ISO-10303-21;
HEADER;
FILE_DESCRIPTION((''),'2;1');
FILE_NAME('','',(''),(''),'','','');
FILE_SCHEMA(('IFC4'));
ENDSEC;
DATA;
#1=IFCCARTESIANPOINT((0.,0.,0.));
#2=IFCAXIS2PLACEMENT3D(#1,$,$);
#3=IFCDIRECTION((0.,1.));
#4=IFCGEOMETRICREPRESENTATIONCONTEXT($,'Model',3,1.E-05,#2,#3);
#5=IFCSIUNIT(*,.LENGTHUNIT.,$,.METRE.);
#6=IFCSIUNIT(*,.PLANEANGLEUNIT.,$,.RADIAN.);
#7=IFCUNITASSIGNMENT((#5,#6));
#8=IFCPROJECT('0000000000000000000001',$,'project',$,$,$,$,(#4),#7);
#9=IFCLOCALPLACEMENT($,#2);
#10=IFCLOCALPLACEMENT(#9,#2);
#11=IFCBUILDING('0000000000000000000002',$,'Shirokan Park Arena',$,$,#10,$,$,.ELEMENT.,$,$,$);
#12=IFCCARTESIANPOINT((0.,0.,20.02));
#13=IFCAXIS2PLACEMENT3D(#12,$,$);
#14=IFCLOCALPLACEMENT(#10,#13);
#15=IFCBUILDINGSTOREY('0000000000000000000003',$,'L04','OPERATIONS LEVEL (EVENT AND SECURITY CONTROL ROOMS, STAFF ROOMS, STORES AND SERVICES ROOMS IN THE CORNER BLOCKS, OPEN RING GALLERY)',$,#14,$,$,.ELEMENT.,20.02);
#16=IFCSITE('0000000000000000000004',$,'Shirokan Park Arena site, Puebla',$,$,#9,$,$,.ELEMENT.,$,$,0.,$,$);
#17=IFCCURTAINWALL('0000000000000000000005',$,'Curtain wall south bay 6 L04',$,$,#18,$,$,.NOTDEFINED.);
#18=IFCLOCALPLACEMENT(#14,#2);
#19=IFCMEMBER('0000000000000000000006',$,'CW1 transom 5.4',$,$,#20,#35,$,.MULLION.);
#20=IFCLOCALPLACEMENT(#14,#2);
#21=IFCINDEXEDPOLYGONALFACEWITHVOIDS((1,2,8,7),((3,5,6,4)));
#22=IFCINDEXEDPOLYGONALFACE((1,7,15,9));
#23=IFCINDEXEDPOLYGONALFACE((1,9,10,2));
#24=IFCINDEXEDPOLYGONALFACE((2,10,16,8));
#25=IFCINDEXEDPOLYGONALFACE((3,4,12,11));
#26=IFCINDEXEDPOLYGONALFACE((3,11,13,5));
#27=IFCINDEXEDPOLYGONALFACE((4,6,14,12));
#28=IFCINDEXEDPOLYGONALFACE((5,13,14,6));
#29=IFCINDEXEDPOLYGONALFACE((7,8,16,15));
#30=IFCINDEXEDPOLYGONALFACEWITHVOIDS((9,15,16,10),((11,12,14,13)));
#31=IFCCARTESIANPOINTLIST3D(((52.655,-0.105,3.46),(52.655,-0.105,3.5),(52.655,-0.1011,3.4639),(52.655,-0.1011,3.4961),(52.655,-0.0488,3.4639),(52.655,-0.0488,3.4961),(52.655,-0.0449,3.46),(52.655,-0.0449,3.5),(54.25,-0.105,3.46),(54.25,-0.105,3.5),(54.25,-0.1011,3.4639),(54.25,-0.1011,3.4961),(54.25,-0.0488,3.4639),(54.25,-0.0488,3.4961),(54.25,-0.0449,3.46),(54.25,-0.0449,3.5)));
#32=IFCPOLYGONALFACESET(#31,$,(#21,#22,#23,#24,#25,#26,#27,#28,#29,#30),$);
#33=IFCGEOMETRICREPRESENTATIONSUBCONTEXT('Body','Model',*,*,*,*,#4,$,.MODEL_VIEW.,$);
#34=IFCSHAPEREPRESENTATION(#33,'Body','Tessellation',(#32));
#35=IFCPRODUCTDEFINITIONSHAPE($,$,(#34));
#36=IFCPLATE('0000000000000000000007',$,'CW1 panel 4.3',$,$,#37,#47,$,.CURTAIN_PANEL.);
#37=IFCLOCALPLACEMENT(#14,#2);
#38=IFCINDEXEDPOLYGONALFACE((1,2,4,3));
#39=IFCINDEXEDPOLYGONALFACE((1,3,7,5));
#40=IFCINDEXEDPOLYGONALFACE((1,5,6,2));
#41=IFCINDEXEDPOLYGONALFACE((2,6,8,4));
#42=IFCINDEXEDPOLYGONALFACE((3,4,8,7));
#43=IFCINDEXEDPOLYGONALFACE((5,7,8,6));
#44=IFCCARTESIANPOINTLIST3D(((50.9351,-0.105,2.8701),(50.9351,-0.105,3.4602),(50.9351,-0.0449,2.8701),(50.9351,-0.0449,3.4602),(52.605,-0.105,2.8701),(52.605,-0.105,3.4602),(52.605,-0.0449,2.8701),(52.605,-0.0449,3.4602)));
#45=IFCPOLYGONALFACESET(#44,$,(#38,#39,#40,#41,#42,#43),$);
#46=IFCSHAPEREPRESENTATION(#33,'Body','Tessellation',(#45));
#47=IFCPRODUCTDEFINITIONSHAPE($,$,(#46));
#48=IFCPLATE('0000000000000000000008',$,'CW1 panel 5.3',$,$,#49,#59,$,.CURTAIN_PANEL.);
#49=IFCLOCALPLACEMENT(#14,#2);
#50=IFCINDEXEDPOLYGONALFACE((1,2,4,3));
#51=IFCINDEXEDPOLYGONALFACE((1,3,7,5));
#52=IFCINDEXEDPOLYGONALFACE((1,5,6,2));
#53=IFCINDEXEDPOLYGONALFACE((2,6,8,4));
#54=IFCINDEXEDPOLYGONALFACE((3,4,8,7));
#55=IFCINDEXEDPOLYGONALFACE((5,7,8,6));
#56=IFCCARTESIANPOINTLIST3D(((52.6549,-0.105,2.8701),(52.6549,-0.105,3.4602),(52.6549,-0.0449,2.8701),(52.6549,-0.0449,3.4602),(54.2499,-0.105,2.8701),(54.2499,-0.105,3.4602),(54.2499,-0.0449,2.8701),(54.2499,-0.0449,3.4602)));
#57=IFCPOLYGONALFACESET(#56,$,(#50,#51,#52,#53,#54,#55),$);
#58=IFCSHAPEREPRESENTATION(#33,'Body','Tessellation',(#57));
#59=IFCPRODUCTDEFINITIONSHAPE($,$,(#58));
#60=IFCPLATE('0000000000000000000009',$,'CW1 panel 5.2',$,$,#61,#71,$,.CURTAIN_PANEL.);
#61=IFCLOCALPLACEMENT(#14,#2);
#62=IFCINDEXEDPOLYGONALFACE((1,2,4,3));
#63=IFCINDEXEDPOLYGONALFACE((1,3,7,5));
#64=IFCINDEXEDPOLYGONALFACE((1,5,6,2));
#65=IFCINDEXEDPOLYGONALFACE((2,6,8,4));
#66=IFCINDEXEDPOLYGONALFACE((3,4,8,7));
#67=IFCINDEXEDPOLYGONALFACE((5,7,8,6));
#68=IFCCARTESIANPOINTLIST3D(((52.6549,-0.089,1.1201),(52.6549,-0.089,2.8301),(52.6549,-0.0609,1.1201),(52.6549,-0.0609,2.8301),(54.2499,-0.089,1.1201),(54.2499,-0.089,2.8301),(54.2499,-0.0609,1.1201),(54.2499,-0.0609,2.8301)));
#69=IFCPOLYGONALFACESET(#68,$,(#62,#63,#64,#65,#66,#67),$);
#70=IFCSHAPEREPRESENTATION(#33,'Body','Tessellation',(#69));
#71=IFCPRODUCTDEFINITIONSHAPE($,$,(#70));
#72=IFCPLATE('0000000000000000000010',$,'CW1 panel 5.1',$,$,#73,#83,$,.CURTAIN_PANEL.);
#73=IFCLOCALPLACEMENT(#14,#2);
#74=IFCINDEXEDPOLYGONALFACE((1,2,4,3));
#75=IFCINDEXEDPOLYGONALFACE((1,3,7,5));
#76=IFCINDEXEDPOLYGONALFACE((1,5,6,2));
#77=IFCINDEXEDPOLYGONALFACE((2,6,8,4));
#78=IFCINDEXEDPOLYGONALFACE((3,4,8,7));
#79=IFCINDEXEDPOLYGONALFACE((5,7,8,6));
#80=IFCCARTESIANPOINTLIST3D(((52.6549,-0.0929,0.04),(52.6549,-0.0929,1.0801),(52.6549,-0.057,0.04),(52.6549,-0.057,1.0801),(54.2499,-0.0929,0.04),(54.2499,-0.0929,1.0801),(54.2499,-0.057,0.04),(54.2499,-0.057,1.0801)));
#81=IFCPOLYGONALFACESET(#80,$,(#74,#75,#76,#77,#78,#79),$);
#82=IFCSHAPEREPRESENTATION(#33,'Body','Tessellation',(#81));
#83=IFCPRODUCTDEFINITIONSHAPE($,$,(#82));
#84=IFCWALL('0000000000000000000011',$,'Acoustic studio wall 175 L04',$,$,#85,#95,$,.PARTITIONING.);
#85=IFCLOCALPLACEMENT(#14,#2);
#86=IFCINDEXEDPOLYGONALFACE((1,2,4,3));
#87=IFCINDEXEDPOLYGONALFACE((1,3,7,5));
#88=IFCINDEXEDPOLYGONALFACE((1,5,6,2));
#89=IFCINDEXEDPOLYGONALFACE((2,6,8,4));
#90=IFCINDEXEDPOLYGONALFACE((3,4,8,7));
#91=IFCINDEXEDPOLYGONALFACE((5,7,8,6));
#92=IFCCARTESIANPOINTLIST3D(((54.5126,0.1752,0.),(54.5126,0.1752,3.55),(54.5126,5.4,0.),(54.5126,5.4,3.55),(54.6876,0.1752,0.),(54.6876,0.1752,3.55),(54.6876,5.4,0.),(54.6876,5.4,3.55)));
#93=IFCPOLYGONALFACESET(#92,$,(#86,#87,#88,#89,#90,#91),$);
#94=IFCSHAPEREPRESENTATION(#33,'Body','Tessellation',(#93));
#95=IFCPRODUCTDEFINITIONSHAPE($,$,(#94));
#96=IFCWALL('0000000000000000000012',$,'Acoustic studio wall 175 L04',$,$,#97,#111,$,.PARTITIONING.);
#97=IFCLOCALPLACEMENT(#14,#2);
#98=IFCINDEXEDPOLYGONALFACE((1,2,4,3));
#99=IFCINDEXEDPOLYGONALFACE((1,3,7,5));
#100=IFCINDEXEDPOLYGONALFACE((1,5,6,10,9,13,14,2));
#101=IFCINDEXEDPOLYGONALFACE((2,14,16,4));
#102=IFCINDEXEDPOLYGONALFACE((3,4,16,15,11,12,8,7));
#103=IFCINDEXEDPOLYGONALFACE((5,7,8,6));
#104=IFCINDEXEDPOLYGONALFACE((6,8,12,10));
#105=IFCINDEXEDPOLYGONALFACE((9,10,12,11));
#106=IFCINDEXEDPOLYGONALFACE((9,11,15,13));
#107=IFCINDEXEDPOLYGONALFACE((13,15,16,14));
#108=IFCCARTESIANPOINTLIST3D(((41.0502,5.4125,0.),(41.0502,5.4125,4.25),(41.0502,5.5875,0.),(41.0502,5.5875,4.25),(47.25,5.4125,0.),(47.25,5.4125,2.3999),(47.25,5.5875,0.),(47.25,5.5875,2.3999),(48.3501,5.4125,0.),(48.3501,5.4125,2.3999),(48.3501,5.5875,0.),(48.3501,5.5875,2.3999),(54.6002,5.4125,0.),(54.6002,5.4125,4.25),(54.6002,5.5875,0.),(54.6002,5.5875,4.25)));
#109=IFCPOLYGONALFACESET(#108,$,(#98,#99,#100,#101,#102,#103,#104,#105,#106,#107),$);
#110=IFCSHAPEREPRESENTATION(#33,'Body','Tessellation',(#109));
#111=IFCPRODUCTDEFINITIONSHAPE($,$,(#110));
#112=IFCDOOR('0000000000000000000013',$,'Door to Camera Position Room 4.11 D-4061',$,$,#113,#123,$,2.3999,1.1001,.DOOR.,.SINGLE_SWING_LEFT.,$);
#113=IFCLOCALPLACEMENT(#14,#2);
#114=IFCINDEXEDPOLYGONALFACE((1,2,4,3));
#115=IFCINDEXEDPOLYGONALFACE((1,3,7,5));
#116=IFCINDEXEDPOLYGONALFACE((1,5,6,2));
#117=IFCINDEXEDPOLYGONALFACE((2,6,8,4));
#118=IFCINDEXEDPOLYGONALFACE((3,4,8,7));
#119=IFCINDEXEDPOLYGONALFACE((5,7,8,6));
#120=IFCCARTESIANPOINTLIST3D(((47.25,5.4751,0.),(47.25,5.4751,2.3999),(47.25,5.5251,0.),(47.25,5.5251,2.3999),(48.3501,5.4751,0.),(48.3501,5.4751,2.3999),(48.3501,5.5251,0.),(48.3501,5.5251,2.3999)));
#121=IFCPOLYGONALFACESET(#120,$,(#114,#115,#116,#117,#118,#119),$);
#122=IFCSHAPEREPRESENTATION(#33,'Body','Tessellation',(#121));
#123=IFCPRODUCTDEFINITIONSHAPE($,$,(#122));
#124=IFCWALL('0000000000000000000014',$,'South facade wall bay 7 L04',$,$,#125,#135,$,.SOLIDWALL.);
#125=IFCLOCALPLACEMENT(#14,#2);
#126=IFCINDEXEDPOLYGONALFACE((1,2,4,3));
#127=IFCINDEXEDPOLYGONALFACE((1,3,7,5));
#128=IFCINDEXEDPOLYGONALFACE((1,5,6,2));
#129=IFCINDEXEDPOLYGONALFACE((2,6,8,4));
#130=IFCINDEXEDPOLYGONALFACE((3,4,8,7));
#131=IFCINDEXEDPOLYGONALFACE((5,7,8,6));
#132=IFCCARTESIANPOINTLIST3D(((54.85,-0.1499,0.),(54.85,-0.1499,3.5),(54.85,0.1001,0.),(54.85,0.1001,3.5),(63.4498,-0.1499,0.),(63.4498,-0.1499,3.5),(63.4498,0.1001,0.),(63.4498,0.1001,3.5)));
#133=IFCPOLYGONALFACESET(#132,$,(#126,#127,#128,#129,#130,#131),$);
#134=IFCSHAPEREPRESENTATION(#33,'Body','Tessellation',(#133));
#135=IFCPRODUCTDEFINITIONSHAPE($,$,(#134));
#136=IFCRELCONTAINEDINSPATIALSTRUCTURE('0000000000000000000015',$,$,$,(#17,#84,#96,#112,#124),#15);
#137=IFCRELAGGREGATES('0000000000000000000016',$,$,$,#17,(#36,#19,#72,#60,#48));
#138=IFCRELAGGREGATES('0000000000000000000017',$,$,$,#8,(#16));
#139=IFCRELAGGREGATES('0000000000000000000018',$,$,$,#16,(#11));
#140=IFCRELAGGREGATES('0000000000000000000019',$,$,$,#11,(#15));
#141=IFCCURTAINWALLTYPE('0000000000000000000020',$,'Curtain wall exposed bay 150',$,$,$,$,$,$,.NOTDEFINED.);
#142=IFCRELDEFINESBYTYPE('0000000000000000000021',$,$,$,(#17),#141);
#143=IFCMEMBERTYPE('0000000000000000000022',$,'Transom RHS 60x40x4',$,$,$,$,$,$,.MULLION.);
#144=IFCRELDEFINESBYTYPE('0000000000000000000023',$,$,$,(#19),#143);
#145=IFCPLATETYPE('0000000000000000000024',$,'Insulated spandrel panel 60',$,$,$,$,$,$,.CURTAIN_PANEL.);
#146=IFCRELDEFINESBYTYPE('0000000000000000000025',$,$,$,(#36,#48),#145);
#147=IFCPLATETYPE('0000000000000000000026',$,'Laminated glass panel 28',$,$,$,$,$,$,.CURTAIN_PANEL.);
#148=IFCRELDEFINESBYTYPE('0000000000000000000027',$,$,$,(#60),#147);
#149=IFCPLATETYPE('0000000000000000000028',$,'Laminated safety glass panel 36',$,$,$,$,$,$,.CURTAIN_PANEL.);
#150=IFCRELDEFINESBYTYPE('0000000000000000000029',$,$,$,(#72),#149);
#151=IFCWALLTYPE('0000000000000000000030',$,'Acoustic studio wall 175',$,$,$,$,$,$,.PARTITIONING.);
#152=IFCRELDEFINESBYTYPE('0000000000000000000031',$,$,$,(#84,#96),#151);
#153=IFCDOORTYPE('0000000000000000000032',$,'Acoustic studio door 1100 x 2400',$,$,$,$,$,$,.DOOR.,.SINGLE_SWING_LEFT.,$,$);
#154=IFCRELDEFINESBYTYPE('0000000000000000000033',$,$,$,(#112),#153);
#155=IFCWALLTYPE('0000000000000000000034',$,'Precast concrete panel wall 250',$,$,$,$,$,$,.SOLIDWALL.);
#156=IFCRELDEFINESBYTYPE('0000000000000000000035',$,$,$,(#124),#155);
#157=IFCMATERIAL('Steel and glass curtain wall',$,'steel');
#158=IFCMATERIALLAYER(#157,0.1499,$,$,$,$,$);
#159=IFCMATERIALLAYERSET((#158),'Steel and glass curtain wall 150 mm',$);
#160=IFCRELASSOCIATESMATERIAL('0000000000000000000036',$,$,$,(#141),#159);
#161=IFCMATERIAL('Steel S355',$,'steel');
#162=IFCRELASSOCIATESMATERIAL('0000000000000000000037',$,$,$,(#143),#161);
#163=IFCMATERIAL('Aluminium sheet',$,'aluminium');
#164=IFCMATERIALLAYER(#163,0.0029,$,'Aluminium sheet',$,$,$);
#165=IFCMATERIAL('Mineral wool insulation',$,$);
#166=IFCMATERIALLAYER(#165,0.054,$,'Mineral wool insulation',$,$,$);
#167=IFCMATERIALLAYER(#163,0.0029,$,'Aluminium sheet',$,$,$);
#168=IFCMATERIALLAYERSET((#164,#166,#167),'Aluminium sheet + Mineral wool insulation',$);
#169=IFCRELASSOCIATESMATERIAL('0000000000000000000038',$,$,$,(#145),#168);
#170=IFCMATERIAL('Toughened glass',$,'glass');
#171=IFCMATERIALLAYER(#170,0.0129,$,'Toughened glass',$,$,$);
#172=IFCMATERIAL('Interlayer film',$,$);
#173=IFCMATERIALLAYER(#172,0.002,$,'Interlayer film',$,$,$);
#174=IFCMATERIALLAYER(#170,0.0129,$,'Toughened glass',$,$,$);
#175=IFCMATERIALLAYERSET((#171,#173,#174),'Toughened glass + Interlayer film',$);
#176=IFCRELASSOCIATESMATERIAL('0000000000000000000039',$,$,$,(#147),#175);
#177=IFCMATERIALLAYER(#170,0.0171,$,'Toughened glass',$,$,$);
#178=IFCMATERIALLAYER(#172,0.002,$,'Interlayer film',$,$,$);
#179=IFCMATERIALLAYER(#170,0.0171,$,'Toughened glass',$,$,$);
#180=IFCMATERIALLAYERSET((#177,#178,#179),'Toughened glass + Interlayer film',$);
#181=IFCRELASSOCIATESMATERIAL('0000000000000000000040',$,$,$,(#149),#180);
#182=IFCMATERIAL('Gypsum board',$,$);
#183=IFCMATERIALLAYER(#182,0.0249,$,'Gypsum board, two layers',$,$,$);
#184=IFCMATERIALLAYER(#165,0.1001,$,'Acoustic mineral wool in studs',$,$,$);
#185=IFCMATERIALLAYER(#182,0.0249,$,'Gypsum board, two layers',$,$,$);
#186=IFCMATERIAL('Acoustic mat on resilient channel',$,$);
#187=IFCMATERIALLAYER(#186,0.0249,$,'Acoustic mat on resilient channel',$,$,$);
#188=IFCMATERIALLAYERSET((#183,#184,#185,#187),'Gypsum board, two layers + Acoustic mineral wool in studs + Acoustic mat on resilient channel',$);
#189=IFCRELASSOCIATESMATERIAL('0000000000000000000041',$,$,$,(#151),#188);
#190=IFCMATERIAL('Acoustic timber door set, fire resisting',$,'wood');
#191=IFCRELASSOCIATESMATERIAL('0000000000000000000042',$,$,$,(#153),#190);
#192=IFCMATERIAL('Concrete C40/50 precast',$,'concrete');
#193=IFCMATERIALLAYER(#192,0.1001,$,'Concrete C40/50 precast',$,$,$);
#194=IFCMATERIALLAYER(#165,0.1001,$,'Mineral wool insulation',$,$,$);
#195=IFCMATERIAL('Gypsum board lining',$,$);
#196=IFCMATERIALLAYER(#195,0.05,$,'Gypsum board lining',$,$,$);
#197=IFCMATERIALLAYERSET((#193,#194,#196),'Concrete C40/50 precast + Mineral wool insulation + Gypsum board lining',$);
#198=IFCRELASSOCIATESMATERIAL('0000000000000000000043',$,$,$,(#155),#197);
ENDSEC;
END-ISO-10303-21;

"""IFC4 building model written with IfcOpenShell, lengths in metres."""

from ifc_helpers import new_model, si_unit, direction, frame, frame_2d, origin, origin_2d, place, context, subcontext, project, spatial, rectangle, hollow_rectangle, extrude, material, layer, layer_set, material_profile, profile_set, type_object, element, fill, aggregate, save


model = new_model("IFC4")

# Units and contexts
model_context = context("Model", 3, precision=1e-05, world=origin(), true_north=direction((0.0, 1.0)))
body_context = subcontext(model_context, "Body", "Model", "MODEL_VIEW")
ifc_project = project(units=[si_unit("LENGTHUNIT", "METRE"), si_unit("PLANEANGLEUNIT", "RADIAN")], contexts=[model_context])

# Site, building, storey
site_placement = place(None, origin())
site = spatial("IfcSite", under=ifc_project, at=site_placement, Name="Shirokan Park Arena site, Puebla", CompositionType="ELEMENT", RefElevation=0.0)
building_placement = place(site_placement, origin())
building = spatial("IfcBuilding", under=site, at=building_placement, Name="Shirokan Park Arena", CompositionType="ELEMENT")
storey_placement = place(building_placement, frame((0.0, 0.0, 20.02)))
storey = spatial("IfcBuildingStorey", under=building, at=storey_placement, Name="L04", Description="OPERATIONS LEVEL (EVENT AND SECURITY CONTROL ROOMS, STAFF ROOMS, STORES AND SERVICES ROOMS IN THE CORNER BLOCKS, OPEN RING GALLERY)", CompositionType="ELEMENT", Elevation=20.02)

# Curtain wall
ifc_material_1 = material(Name="Steel and glass curtain wall", Category="steel")
ifc_layer_1 = layer(ifc_material_1, 0.1499)
ifc_layer_set_1 = layer_set([ifc_layer_1], Name="Steel and glass curtain wall 150 mm")
curtain_wall_type = type_object("IfcCurtainWallType", Name="Curtain wall exposed bay 150", PredefinedType="NOTDEFINED", material=ifc_layer_set_1)
curtain_wall_placement = place(storey_placement, origin())
curtain_wall = element("IfcCurtainWall", 1, at=curtain_wall_placement, inside=storey, type_object=curtain_wall_type, Name="Curtain wall south bay 6 L04", PredefinedType="NOTDEFINED")
ifc_material_2 = material(Name="Steel S355", Category="steel")

# Member
ifc_material_profile_1 = material_profile(ifc_material_2, hollow_rectangle(XDim=0.0601, YDim=0.04, WallThickness=0.0039, at=origin_2d()), Name="RHS 60x40x4")
ifc_profile_set_1 = profile_set([ifc_material_profile_1], Name="Steel S355")
member_type_1 = type_object("IfcMemberType", Name="Transom RHS 60x40x4", PredefinedType="MULLION", material=ifc_profile_set_1)
member_1_placement = place(storey_placement, frame((52.655, -0.075, 3.48), z_axis=(1.0, 0.0, 0.0), x_axis=(0.0, 1.0, 0.0)))
member_1 = element("IfcMember", 2, at=member_1_placement, type_object=member_type_1, Name="CW1 transom 5.4", PredefinedType="MULLION", context=body_context, shape_type="SweptSolid", body=[
    extrude(hollow_rectangle(XDim=0.0601, YDim=0.04, WallThickness=0.0039, at=origin_2d()), origin(), (0.0, 0.0, 1.0), 1.595),
])

# Plates
ifc_material_3 = material(Name="Aluminium sheet", Category="aluminium")
ifc_layer_2 = layer(ifc_material_3, 0.0029, Name="Aluminium sheet")
ifc_material_4 = material(Name="Mineral wool insulation")
ifc_layer_3 = layer(ifc_material_4, 0.054, Name="Mineral wool insulation")
ifc_layer_4 = layer(ifc_material_3, 0.0029, Name="Aluminium sheet")
ifc_layer_set_2 = layer_set([ifc_layer_2, ifc_layer_3, ifc_layer_4], Name="Aluminium sheet + Mineral wool insulation")
plate_type_1 = type_object("IfcPlateType", Name="Insulated spandrel panel 60", PredefinedType="CURTAIN_PANEL", material=ifc_layer_set_2)
plate_1_placement = place(storey_placement, frame((51.77, -0.075, 2.8701), z_axis=(0.0, 0.0, 1.0), x_axis=(1.0, 0.0, 0.0)))
plate_1 = element("IfcPlate", 3, at=plate_1_placement, type_object=plate_type_1, Name="CW1 panel 4.3", PredefinedType="CURTAIN_PANEL", context=body_context, shape_type="SweptSolid", body=[
    extrude(rectangle(XDim=1.6699, YDim=0.0601, at=origin_2d()), origin(), (0.0, 0.0, 1.0), 0.5901),
])
plate_2_placement = place(storey_placement, frame((53.4524, -0.075, 2.8701), z_axis=(0.0, 0.0, 1.0), x_axis=(1.0, 0.0, 0.0)))
plate_2 = element("IfcPlate", 4, at=plate_2_placement, type_object=plate_type_1, Name="CW1 panel 5.3", PredefinedType="CURTAIN_PANEL", context=body_context, shape_type="SweptSolid", body=[
    extrude(rectangle(XDim=1.595, YDim=0.0601, at=origin_2d()), origin(), (0.0, 0.0, 1.0), 0.5901),
])
ifc_material_5 = material(Name="Toughened glass", Category="glass")
ifc_layer_5 = layer(ifc_material_5, 0.0129, Name="Toughened glass")
ifc_material_6 = material(Name="Interlayer film")
ifc_layer_6 = layer(ifc_material_6, 0.002, Name="Interlayer film")
ifc_layer_7 = layer(ifc_material_5, 0.0129, Name="Toughened glass")
ifc_layer_set_3 = layer_set([ifc_layer_5, ifc_layer_6, ifc_layer_7], Name="Toughened glass + Interlayer film")
plate_type_2 = type_object("IfcPlateType", Name="Laminated glass panel 28", PredefinedType="CURTAIN_PANEL", material=ifc_layer_set_3)
plate_3_placement = place(storey_placement, frame((53.4524, -0.075, 1.1201), z_axis=(0.0, 0.0, 1.0), x_axis=(1.0, 0.0, 0.0)))
plate_3 = element("IfcPlate", 5, at=plate_3_placement, type_object=plate_type_2, Name="CW1 panel 5.2", PredefinedType="CURTAIN_PANEL", context=body_context, shape_type="SweptSolid", body=[
    extrude(rectangle(XDim=1.595, YDim=0.0281, at=origin_2d()), origin(), (0.0, 0.0, 1.0), 1.71),
])
ifc_layer_8 = layer(ifc_material_5, 0.0171, Name="Toughened glass")
ifc_layer_9 = layer(ifc_material_6, 0.002, Name="Interlayer film")
ifc_layer_10 = layer(ifc_material_5, 0.0171, Name="Toughened glass")
ifc_layer_set_4 = layer_set([ifc_layer_8, ifc_layer_9, ifc_layer_10], Name="Toughened glass + Interlayer film")
plate_type_3 = type_object("IfcPlateType", Name="Laminated safety glass panel 36", PredefinedType="CURTAIN_PANEL", material=ifc_layer_set_4)
plate_4_placement = place(storey_placement, frame((53.4524, -0.075, 0.04), z_axis=(0.0, 0.0, 1.0), x_axis=(1.0, 0.0, 0.0)))
plate_4 = element("IfcPlate", 6, at=plate_4_placement, type_object=plate_type_3, Name="CW1 panel 5.1", PredefinedType="CURTAIN_PANEL", context=body_context, shape_type="SweptSolid", body=[
    extrude(rectangle(XDim=1.595, YDim=0.0359, at=origin_2d()), origin(), (0.0, 0.0, 1.0), 1.04),
])
aggregate(curtain_wall, [plate_1, member_1, plate_4, plate_3, plate_2])

# Wall
ifc_material_7 = material(Name="Gypsum board")
ifc_layer_11 = layer(ifc_material_7, 0.0249, Name="Gypsum board, two layers")
ifc_layer_12 = layer(ifc_material_4, 0.1001, Name="Acoustic mineral wool in studs")
ifc_layer_13 = layer(ifc_material_7, 0.0249, Name="Gypsum board, two layers")
ifc_material_8 = material(Name="Acoustic mat on resilient channel")
ifc_layer_14 = layer(ifc_material_8, 0.0249, Name="Acoustic mat on resilient channel")
ifc_layer_set_5 = layer_set([ifc_layer_11, ifc_layer_12, ifc_layer_13, ifc_layer_14], Name="Gypsum board, two layers + Acoustic mineral wool in studs + Acoustic mat on resilient channel")
wall_type_1 = type_object("IfcWallType", Name="Acoustic studio wall 175", PredefinedType="PARTITIONING", material=ifc_layer_set_5)
wall_1_placement = place(storey_placement, frame((54.6001, 5.3999, 0.0), z_axis=(0.0, 0.0, 1.0), x_axis=(0.0, -1.0, 0.0)))
element("IfcWall", 7, at=wall_1_placement, inside=storey, type_object=wall_type_1, Name="Acoustic studio wall 175 L04", PredefinedType="PARTITIONING", context=body_context, shape_type="SweptSolid", body=[
    extrude(rectangle(XDim=5.2249, YDim=0.175, at=frame_2d((2.6123, 0.0))), origin(), (0.0, 0.0, 1.0), 3.55),
])

# Wall, opening, door
wall_2_placement = place(storey_placement, frame((54.6001, 5.5, 0.0), z_axis=(0.0, 0.0, 1.0), x_axis=(-1.0, 0.0, 0.0)))
wall_2 = element("IfcWall", 8, at=wall_2_placement, inside=storey, type_object=wall_type_1, Name="Acoustic studio wall 175 L04", PredefinedType="PARTITIONING", context=body_context, shape_type="SweptSolid", body=[
    extrude(rectangle(XDim=13.55, YDim=0.175, at=frame_2d((6.7749, 0.0))), origin(), (0.0, 0.0, 1.0), 4.25),
])
opening_placement = place(wall_2_placement, frame((6.25, 0.0, 0.0)))
opening = element("IfcOpeningElement", 9, at=opening_placement, cuts=wall_2, PredefinedType="OPENING", context=body_context, shape_type="SweptSolid", body=[
    extrude(rectangle(XDim=1.1001, YDim=2.3999, at=frame_2d((0.55, 1.2))), frame((0.0, 0.0974, 0.0), z_axis=(0.0, -1.0, 0.0), x_axis=(1.0, 0.0, 0.0)), (0.0, 0.0, 1.0), 0.1951),
])
ifc_material_9 = material(Name="Acoustic timber door set, fire resisting", Category="wood")
door_type = type_object("IfcDoorType", Name="Acoustic studio door 1100 x 2400", OperationType="SINGLE_SWING_LEFT", PredefinedType="DOOR", material=ifc_material_9)
door_placement = place(opening_placement, origin())
door = element("IfcDoor", 10, at=door_placement, inside=storey, type_object=door_type, Name="Door to Camera Position Room 4.11 D-4061", OperationType="SINGLE_SWING_LEFT", OverallHeight=2.3999, OverallWidth=1.1001, PredefinedType="DOOR", context=body_context, shape_type="SweptSolid", body=[
    extrude(rectangle(XDim=1.1001, YDim=2.3999, at=frame_2d((0.55, 1.2))), frame((0.0, 0.0249, 0.0), z_axis=(0.0, -1.0, 0.0), x_axis=(1.0, 0.0, 0.0)), (0.0, 0.0, 1.0), 0.05),
])
fill(opening, door)

# Wall
ifc_material_10 = material(Name="Concrete C40/50 precast", Category="concrete")
ifc_layer_15 = layer(ifc_material_10, 0.1001, Name="Concrete C40/50 precast")
ifc_layer_16 = layer(ifc_material_4, 0.1001, Name="Mineral wool insulation")
ifc_material_11 = material(Name="Gypsum board lining")
ifc_layer_17 = layer(ifc_material_11, 0.05, Name="Gypsum board lining")
ifc_layer_set_6 = layer_set([ifc_layer_15, ifc_layer_16, ifc_layer_17], Name="Concrete C40/50 precast + Mineral wool insulation + Gypsum board lining")
wall_type_2 = type_object("IfcWallType", Name="Precast concrete panel wall 250", PredefinedType="SOLIDWALL", material=ifc_layer_set_6)
wall_3_placement = place(storey_placement, frame((54.8501, -0.0249, 0.0), z_axis=(0.0, 0.0, 1.0), x_axis=(1.0, 0.0, 0.0)))
element("IfcWall", 11, at=wall_3_placement, inside=storey, type_object=wall_type_2, Name="South facade wall bay 7 L04", PredefinedType="SOLIDWALL", context=body_context, shape_type="SweptSolid", body=[
    extrude(rectangle(XDim=8.5999, YDim=0.25, at=frame_2d((4.2998, 0.0))), origin(), (0.0, 0.0, 1.0), 3.5),
])

save(model, "model.ifc")
